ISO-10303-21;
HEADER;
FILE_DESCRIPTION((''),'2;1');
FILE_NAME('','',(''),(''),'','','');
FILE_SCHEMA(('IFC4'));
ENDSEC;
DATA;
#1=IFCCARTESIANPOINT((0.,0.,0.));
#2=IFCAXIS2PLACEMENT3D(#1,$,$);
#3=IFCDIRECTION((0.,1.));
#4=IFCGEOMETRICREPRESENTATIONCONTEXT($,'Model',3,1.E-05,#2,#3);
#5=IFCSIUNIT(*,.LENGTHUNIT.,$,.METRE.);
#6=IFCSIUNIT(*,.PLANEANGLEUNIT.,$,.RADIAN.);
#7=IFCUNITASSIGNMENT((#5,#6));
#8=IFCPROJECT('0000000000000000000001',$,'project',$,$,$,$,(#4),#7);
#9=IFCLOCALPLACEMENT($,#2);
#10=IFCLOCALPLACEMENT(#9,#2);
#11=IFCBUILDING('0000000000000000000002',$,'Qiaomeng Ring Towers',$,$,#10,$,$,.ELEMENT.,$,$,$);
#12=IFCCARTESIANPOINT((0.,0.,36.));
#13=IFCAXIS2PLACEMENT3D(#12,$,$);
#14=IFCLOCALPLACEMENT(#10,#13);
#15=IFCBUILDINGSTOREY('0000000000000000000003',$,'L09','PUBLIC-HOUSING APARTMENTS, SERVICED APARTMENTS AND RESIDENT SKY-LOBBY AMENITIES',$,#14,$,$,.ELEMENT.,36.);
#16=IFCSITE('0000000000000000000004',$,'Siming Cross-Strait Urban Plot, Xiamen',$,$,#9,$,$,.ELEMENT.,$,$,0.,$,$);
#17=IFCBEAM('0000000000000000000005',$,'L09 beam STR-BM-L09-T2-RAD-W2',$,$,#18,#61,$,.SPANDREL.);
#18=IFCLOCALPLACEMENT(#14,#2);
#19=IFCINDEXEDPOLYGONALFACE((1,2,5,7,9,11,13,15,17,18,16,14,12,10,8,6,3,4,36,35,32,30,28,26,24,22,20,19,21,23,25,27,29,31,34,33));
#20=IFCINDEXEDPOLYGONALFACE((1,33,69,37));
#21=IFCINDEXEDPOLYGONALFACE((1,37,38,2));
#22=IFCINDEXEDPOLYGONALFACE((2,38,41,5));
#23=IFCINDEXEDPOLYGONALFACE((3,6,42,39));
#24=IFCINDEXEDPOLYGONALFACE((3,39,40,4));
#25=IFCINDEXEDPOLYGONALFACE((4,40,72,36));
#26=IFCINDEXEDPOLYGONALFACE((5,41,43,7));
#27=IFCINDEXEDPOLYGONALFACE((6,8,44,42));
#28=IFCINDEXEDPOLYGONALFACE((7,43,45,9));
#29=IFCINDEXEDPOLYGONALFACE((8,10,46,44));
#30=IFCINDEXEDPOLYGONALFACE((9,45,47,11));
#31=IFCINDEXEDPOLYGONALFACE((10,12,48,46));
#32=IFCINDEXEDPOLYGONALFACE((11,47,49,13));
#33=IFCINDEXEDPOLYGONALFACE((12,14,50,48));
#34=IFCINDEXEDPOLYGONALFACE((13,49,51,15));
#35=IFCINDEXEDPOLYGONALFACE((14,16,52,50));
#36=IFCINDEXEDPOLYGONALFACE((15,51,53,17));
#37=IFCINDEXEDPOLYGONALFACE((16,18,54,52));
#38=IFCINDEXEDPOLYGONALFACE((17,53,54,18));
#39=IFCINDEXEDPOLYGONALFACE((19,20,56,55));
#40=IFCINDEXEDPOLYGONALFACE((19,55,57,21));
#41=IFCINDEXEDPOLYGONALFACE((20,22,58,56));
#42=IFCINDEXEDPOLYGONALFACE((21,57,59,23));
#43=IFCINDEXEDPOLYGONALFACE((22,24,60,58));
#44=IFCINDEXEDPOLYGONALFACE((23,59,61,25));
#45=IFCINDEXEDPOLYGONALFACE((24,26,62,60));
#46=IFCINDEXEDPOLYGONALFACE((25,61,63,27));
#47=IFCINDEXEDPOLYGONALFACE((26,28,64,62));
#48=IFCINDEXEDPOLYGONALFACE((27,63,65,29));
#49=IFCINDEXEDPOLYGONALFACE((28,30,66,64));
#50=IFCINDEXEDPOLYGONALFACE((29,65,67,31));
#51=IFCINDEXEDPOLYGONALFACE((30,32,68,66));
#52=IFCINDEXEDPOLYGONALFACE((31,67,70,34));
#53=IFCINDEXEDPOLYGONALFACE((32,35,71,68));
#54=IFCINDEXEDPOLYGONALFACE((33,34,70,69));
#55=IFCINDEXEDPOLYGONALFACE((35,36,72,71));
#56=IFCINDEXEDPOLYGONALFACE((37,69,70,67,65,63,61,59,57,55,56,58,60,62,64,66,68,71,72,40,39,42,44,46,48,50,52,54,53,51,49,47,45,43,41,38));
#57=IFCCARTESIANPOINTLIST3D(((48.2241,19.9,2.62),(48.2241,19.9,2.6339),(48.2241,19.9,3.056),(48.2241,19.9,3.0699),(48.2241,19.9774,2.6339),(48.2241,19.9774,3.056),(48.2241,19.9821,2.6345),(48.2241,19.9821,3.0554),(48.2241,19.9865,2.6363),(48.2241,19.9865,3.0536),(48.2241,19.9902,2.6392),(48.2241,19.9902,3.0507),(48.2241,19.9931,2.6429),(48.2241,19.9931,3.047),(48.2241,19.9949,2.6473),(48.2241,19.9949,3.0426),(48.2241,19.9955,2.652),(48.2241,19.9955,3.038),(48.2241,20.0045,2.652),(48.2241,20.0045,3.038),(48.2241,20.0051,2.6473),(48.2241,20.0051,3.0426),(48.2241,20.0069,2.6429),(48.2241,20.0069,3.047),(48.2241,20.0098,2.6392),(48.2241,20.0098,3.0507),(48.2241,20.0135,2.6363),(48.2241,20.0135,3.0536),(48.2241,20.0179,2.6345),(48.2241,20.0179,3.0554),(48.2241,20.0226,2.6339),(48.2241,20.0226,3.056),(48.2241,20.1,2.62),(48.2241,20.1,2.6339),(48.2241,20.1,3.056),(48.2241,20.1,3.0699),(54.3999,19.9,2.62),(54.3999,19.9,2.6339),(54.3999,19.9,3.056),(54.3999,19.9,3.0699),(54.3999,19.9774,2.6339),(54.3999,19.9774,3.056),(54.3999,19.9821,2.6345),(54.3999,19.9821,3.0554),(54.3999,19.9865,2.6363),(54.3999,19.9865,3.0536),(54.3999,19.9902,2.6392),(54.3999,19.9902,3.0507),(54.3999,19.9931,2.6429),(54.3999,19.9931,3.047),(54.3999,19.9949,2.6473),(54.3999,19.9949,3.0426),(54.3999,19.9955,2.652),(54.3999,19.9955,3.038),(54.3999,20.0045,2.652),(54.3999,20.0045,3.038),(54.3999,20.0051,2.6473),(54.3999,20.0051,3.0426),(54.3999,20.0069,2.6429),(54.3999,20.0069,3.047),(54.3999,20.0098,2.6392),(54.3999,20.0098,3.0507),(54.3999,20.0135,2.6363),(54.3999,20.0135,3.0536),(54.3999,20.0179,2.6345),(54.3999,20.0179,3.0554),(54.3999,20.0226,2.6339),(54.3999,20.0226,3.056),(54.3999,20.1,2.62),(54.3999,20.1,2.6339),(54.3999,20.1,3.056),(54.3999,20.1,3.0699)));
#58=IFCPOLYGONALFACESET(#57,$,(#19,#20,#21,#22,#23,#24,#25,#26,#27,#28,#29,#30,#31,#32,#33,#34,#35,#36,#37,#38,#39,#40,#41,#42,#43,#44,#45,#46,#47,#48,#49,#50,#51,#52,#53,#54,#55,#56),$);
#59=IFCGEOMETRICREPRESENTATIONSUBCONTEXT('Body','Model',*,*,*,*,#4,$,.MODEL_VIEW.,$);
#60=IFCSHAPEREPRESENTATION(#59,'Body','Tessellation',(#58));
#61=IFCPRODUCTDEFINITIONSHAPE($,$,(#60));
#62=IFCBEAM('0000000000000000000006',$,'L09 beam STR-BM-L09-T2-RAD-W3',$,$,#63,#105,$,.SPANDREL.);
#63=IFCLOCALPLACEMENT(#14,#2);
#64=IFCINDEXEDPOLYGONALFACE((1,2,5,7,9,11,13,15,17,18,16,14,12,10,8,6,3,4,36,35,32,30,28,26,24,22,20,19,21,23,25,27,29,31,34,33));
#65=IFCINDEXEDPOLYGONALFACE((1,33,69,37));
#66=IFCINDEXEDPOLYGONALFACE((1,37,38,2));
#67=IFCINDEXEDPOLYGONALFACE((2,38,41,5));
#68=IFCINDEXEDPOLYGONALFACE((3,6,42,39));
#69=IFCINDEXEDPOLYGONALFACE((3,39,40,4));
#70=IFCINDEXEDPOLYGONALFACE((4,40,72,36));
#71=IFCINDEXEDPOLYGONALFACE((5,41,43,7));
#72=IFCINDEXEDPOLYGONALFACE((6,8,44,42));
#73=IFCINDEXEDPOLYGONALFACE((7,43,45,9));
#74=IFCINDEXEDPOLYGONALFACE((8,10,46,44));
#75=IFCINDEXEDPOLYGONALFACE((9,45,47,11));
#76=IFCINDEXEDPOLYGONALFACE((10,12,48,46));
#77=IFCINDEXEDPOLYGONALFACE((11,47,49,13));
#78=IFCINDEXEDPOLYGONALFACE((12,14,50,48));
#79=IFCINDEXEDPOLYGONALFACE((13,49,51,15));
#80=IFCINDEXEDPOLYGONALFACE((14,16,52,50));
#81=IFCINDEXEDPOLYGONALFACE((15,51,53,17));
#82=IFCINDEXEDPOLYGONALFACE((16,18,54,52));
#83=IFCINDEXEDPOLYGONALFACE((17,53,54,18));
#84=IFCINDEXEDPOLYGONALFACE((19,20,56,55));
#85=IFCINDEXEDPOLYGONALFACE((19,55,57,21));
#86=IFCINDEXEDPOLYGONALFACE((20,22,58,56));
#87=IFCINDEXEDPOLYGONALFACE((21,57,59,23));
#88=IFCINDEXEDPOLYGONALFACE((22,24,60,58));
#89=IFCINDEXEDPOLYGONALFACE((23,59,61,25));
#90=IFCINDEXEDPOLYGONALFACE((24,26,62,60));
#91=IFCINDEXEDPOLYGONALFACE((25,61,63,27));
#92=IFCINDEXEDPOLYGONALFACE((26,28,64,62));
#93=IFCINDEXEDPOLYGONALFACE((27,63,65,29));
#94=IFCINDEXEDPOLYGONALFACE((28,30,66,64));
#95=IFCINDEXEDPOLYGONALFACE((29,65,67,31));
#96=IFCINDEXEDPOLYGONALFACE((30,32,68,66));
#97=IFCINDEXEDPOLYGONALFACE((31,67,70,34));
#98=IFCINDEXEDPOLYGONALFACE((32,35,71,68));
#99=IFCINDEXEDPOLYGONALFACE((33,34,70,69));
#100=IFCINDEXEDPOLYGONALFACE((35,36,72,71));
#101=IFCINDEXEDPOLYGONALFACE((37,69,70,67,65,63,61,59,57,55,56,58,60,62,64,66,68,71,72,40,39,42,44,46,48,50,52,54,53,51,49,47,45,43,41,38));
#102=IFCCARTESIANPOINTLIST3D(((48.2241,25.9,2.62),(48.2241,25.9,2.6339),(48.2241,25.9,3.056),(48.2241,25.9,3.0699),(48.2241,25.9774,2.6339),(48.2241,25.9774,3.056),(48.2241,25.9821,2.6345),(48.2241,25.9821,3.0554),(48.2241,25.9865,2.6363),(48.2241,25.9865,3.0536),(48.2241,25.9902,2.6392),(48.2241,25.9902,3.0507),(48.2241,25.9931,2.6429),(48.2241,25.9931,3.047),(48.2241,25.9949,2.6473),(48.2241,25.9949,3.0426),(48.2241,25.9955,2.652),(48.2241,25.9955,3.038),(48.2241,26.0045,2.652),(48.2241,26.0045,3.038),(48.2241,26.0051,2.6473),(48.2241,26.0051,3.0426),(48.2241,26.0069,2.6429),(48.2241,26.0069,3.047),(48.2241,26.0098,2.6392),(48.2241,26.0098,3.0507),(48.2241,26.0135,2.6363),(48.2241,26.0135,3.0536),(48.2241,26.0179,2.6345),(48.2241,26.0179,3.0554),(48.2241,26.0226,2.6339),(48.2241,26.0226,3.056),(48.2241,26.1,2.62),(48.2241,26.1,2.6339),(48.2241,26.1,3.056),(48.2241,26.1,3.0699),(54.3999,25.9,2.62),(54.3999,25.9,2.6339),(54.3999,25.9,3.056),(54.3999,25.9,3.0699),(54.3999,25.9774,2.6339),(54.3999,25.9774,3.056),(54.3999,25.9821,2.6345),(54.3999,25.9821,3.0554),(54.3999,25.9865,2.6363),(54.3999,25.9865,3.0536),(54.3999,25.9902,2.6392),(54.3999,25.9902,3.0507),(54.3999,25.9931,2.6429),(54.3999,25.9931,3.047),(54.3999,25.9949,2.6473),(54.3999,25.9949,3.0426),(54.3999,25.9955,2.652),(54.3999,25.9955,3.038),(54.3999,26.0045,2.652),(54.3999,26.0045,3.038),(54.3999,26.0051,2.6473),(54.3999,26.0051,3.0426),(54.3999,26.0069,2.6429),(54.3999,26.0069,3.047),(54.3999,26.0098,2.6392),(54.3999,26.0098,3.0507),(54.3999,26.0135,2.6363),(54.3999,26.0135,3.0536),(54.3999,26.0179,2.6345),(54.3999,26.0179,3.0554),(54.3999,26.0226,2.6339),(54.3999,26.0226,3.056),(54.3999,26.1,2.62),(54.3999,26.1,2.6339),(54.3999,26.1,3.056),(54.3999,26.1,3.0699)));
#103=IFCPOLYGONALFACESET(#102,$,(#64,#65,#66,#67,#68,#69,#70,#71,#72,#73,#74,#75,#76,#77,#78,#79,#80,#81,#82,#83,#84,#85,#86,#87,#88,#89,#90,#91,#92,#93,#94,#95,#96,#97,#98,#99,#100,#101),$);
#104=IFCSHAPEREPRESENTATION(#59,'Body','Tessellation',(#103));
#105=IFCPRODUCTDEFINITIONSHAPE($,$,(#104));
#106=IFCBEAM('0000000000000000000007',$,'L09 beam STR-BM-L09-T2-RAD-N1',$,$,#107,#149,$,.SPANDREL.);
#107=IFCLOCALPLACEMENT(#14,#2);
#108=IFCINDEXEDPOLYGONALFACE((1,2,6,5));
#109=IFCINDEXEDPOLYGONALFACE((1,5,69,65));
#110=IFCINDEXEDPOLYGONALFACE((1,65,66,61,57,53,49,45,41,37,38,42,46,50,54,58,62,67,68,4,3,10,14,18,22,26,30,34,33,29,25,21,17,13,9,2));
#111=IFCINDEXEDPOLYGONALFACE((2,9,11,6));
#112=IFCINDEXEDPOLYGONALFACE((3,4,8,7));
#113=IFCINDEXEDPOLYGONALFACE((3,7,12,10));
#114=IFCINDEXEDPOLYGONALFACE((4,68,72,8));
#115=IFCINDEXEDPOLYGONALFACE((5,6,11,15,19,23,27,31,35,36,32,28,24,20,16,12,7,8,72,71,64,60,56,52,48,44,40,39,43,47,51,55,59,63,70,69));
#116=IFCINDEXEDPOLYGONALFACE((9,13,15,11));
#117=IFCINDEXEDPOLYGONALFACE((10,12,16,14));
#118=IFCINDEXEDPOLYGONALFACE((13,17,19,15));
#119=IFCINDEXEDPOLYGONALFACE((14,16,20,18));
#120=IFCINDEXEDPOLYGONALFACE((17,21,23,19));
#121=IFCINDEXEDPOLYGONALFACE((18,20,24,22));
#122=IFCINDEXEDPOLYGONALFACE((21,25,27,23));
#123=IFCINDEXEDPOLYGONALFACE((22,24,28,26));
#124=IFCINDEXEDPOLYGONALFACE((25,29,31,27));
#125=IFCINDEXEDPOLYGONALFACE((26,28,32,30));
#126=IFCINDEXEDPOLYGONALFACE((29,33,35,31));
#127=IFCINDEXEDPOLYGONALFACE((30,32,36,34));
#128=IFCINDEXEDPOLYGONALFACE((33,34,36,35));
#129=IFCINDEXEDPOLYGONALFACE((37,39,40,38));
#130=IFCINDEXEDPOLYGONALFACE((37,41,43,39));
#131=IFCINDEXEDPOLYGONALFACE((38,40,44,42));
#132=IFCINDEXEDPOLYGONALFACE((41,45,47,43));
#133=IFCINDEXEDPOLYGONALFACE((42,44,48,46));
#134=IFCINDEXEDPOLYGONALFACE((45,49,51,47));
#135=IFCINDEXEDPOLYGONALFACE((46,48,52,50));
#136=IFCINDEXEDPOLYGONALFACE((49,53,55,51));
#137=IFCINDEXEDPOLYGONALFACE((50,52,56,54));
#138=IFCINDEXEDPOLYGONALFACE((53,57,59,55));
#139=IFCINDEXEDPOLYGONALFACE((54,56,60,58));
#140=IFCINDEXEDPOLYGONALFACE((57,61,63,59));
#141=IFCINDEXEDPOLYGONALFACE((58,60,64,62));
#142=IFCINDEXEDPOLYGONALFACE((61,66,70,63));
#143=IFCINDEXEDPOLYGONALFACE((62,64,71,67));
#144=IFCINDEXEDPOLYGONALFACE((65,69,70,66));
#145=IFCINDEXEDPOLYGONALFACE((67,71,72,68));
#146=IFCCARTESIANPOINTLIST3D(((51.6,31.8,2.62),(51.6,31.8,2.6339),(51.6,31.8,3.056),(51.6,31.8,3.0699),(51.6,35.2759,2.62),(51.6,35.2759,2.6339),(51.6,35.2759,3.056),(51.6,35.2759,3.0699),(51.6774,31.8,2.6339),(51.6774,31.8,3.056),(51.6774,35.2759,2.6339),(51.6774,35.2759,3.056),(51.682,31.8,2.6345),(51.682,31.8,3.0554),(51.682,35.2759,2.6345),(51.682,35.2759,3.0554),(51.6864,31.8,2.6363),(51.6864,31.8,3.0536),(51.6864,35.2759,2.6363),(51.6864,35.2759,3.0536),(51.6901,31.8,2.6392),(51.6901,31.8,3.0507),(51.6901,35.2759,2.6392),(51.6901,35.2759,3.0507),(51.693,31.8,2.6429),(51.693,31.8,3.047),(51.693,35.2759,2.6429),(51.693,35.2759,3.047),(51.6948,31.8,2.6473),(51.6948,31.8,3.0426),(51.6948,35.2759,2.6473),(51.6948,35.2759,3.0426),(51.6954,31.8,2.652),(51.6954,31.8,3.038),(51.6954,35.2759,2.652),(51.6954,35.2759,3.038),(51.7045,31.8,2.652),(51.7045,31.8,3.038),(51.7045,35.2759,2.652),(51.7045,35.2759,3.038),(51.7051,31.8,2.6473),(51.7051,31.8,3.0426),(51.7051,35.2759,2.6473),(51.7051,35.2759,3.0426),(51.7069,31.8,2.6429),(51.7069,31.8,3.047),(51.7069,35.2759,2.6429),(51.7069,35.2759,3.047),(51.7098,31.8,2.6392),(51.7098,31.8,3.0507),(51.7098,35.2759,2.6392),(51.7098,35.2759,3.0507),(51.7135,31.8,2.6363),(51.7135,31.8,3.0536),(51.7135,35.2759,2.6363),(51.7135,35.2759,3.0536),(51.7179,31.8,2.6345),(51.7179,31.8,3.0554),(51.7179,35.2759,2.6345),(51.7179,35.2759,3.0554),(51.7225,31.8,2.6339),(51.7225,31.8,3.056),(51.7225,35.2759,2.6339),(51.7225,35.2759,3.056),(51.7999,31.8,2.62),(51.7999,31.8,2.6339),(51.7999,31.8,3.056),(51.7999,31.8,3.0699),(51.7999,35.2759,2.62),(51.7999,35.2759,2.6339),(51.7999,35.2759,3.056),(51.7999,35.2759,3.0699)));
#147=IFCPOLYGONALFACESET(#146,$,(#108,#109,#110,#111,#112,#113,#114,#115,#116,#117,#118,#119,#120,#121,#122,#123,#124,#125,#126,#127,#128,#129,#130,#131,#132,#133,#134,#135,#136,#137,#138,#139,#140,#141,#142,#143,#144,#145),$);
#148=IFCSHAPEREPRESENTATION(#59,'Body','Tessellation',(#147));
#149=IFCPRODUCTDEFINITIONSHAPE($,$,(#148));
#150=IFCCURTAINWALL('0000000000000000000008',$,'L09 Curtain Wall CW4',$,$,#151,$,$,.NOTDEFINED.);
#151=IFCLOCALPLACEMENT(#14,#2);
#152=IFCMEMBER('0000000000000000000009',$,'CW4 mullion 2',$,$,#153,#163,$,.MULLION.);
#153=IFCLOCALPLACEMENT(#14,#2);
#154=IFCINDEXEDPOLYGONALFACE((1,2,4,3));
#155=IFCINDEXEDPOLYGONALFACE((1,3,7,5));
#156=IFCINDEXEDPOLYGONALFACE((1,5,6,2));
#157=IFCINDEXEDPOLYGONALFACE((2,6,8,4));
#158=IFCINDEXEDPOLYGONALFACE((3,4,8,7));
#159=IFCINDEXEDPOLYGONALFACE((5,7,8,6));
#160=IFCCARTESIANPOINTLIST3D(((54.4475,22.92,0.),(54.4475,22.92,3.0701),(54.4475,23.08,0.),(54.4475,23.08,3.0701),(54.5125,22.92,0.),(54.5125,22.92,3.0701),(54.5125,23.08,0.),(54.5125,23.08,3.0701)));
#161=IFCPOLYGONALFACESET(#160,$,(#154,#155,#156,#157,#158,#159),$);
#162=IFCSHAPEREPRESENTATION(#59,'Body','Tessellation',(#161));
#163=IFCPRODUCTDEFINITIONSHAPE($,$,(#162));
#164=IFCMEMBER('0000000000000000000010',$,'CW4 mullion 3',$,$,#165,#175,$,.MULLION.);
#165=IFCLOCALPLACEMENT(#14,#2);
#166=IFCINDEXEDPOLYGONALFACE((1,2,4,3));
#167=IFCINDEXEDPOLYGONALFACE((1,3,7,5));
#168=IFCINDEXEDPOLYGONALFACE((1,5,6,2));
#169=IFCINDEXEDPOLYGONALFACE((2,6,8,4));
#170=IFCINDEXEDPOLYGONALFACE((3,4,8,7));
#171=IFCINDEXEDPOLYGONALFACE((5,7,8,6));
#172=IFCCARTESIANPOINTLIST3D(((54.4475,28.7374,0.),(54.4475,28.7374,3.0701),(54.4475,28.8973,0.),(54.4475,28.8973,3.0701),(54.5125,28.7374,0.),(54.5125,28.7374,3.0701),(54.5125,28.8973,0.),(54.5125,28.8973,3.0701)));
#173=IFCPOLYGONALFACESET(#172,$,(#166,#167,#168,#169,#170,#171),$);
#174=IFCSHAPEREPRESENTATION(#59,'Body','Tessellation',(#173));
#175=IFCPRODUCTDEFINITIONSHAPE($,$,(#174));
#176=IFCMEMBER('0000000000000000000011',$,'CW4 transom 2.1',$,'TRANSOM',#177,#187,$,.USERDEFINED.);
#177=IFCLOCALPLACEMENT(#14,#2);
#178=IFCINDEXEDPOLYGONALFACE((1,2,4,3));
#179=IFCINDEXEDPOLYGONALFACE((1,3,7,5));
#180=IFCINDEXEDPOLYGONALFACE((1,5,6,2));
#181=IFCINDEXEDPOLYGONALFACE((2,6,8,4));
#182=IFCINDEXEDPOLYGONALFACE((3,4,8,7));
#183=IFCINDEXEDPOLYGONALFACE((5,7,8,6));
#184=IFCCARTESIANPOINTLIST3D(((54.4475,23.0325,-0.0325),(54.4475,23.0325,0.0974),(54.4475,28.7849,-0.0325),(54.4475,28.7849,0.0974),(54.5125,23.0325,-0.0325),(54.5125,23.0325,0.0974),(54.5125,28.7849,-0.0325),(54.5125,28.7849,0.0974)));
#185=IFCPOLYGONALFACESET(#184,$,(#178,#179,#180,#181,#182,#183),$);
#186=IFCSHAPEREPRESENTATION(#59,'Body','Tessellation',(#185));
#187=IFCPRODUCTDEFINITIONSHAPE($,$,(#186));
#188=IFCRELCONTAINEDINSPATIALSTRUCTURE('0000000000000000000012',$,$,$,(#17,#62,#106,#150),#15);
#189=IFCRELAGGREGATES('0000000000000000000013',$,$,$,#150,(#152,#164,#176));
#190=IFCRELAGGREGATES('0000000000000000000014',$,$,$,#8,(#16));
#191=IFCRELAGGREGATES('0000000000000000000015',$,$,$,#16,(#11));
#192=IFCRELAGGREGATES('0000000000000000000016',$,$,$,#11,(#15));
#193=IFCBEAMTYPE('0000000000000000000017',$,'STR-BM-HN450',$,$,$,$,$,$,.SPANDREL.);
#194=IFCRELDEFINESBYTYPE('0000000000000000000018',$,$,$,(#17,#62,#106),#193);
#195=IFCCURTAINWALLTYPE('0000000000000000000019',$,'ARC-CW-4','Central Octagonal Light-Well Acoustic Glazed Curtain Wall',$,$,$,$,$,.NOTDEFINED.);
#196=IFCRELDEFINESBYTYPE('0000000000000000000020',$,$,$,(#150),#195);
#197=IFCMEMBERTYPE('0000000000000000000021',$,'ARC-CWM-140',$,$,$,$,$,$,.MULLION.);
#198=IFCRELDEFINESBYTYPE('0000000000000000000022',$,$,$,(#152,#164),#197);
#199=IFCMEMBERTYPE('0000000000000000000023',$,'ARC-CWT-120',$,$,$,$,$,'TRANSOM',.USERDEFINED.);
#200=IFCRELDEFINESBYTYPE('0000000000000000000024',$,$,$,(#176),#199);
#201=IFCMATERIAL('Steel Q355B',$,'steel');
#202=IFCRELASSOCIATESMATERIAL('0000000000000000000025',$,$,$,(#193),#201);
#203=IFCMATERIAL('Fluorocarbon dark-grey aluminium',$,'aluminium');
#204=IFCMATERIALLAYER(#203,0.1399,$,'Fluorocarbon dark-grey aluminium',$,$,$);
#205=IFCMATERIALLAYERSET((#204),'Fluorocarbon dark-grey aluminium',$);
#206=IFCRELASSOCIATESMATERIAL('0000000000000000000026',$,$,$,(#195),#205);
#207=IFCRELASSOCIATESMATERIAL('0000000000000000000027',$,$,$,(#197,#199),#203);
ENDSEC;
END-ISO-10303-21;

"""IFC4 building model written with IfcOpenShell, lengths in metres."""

from ifc_helpers import new_model, si_unit, direction, frame, origin, origin_2d, place, context, subcontext, project, spatial, rectangle, i_section, extrude, source, transform, mapped, material, layer, layer_set, material_profile, profile_set, type_object, element, aggregate, save


model = new_model("IFC4")

# Units and contexts
model_context = context("Model", 3, precision=1e-05, world=origin(), true_north=direction((0.0, 1.0)))
body_context = subcontext(model_context, "Body", "Model", "MODEL_VIEW")
ifc_project = project(units=[si_unit("LENGTHUNIT", "METRE"), si_unit("PLANEANGLEUNIT", "RADIAN")], contexts=[model_context])

# Site, building, storey
site_placement = place(None, origin())
site = spatial("IfcSite", under=ifc_project, at=site_placement, Name="Siming Cross-Strait Urban Plot, Xiamen", CompositionType="ELEMENT", RefElevation=0.0)
building_placement = place(site_placement, origin())
building = spatial("IfcBuilding", under=site, at=building_placement, Name="Qiaomeng Ring Towers", CompositionType="ELEMENT")
storey_placement = place(building_placement, frame((0.0, 0.0, 36.0)))
storey = spatial("IfcBuildingStorey", under=building, at=storey_placement, Name="L09", Description="PUBLIC-HOUSING APARTMENTS, SERVICED APARTMENTS AND RESIDENT SKY-LOBBY AMENITIES", CompositionType="ELEMENT", Elevation=36.0)

# Beams
ifc_material_1 = material(Name="Steel Q355B", Category="steel")
ifc_material_profile_1 = material_profile(ifc_material_1, i_section(OverallWidth=0.2, OverallDepth=0.45, WebThickness=0.009, FlangeThickness=0.0139, FilletRadius=0.0181, at=origin_2d()), Name="HN 450x200x9x14")
ifc_profile_set_1 = profile_set([ifc_material_profile_1], Name="Steel Q355B")
beam_type_1 = type_object("IfcBeamType", Name="STR-BM-HN450", PredefinedType="SPANDREL", material=ifc_profile_set_1)
shared_shape_1 = source(origin(), body_context, "Body", "SweptSolid", [
    extrude(i_section(OverallWidth=0.2, OverallDepth=0.45, WebThickness=0.009, FlangeThickness=0.0139, FilletRadius=0.0181, at=origin_2d()), origin(), (0.0, 0.0, 1.0), 6.1758),
])
for number, where, z_axis, x_axis, name in (
    (1, (48.2241, 20.0, 2.845), (1.0, 0.0, 0.0), (0.0, 1.0, 0.0), "L09 beam STR-BM-L09-T2-RAD-W2"),
    (2, (48.2241, 26.0, 2.845), (1.0, 0.0, 0.0), (0.0, 1.0, 0.0), "L09 beam STR-BM-L09-T2-RAD-W3"),
):
    element("IfcBeam", number, at=place(storey_placement, frame(where, z_axis=z_axis, x_axis=x_axis)), inside=storey, type_object=beam_type_1, Name=name, PredefinedType="SPANDREL", context=body_context, shape_type="MappedRepresentation", body=[
        mapped(shared_shape_1, transform((0.0, 0.0, 0.0), x_axis=(1.0, 0.0, 0.0), y_axis=(0.0, 1.0, 0.0), z_axis=(0.0, 0.0, 1.0), scale=1.0)),
    ])
shared_shape_2 = source(origin(), body_context, "Body", "SweptSolid", [
    extrude(i_section(OverallWidth=0.2, OverallDepth=0.45, WebThickness=0.009, FlangeThickness=0.0139, FilletRadius=0.0181, at=origin_2d()), origin(), (0.0, 0.0, 1.0), 3.4758),
])
beam_1_placement = place(storey_placement, frame((51.7, 35.2759, 2.845), z_axis=(0.0, -1.0, 0.0), x_axis=(1.0, 0.0, 0.0)))
element("IfcBeam", 3, at=beam_1_placement, inside=storey, type_object=beam_type_1, Name="L09 beam STR-BM-L09-T2-RAD-N1", PredefinedType="SPANDREL", context=body_context, shape_type="MappedRepresentation", body=[
    mapped(shared_shape_2, transform((0.0, 0.0, 0.0), x_axis=(1.0, 0.0, 0.0), y_axis=(0.0, 1.0, 0.0), z_axis=(0.0, 0.0, 1.0), scale=1.0)),
])

# Curtain wall, members
ifc_material_2 = material(Name="Fluorocarbon dark-grey aluminium", Category="aluminium")
ifc_layer_1 = layer(ifc_material_2, 0.1399, Name="Fluorocarbon dark-grey aluminium")
ifc_layer_set_1 = layer_set([ifc_layer_1], Name="Fluorocarbon dark-grey aluminium")
curtain_wall_type_1 = type_object("IfcCurtainWallType", Name="ARC-CW-4", Description="Central Octagonal Light-Well Acoustic Glazed Curtain Wall", PredefinedType="NOTDEFINED", material=ifc_layer_set_1)
curtain_wall_1_placement = place(storey_placement, origin())
curtain_wall_1 = element("IfcCurtainWall", 4, at=curtain_wall_1_placement, inside=storey, type_object=curtain_wall_type_1, Name="L09 Curtain Wall CW4", PredefinedType="NOTDEFINED")
ifc_material_profile_2 = material_profile(ifc_material_2, rectangle(XDim=0.0649, YDim=0.1599, at=origin_2d()), Name="ALU MULL 65x160")
ifc_profile_set_2 = profile_set([ifc_material_profile_2], Name="Fluorocarbon dark-grey aluminium")
member_type_1 = type_object("IfcMemberType", Name="ARC-CWM-140", PredefinedType="MULLION", material=ifc_profile_set_2)
shared_shape_3 = source(origin(), body_context, "Body", "SweptSolid", [
    extrude(rectangle(XDim=0.0649, YDim=0.1599, at=origin_2d()), origin(), (0.0, 0.0, 1.0), 3.0701),
])
member_1_placement = place(storey_placement, frame((54.48, 23.0, 0.0), z_axis=(0.0, 0.0, 1.0), x_axis=(-1.0, 0.0, 0.0)))
member_1 = element("IfcMember", 5, at=member_1_placement, type_object=member_type_1, Name="CW4 mullion 2", PredefinedType="MULLION", context=body_context, shape_type="MappedRepresentation", body=[
    mapped(shared_shape_3, transform((0.0, 0.0, 0.0), x_axis=(1.0, 0.0, 0.0), y_axis=(0.0, 1.0, 0.0), z_axis=(0.0, 0.0, 1.0), scale=1.0)),
])
member_2_placement = place(storey_placement, frame((54.48, 28.8174, 0.0), z_axis=(0.0, 0.0, 1.0), x_axis=(-1.0, 0.0, 0.0)))
member_2 = element("IfcMember", 6, at=member_2_placement, type_object=member_type_1, Name="CW4 mullion 3", PredefinedType="MULLION", context=body_context, shape_type="MappedRepresentation", body=[
    mapped(shared_shape_3, transform((0.0, 0.0, 0.0), x_axis=(1.0, 0.0, 0.0), y_axis=(0.0, 1.0, 0.0), z_axis=(0.0, 0.0, 1.0), scale=1.0)),
])
ifc_material_profile_3 = material_profile(ifc_material_2, rectangle(XDim=0.0649, YDim=0.1299, at=origin_2d()), Name="ALU TRAN 65x130")
ifc_profile_set_3 = profile_set([ifc_material_profile_3], Name="Fluorocarbon dark-grey aluminium")
member_type_2 = type_object("IfcMemberType", Name="ARC-CWT-120", ElementType="TRANSOM", PredefinedType="USERDEFINED", material=ifc_profile_set_3)
shared_shape_4 = source(origin(), body_context, "Body", "SweptSolid", [
    extrude(rectangle(XDim=0.0649, YDim=0.1299, at=origin_2d()), origin(), (0.0, 0.0, 1.0), 5.7524),
])
member_3_placement = place(storey_placement, frame((54.48, 23.0325, 0.0325), z_axis=(0.0, 1.0, 0.0), x_axis=(-1.0, 0.0, 0.0)))
member_3 = element("IfcMember", 7, at=member_3_placement, type_object=member_type_2, Name="CW4 transom 2.1", ObjectType="TRANSOM", PredefinedType="USERDEFINED", context=body_context, shape_type="MappedRepresentation", body=[
    mapped(shared_shape_4, transform((0.0, 0.0, 0.0), x_axis=(1.0, 0.0, 0.0), y_axis=(0.0, 1.0, 0.0), z_axis=(0.0, 0.0, 1.0), scale=1.0)),
])

aggregate(curtain_wall_1, [member_1, member_2, member_3])

save(model, "model.ifc")
